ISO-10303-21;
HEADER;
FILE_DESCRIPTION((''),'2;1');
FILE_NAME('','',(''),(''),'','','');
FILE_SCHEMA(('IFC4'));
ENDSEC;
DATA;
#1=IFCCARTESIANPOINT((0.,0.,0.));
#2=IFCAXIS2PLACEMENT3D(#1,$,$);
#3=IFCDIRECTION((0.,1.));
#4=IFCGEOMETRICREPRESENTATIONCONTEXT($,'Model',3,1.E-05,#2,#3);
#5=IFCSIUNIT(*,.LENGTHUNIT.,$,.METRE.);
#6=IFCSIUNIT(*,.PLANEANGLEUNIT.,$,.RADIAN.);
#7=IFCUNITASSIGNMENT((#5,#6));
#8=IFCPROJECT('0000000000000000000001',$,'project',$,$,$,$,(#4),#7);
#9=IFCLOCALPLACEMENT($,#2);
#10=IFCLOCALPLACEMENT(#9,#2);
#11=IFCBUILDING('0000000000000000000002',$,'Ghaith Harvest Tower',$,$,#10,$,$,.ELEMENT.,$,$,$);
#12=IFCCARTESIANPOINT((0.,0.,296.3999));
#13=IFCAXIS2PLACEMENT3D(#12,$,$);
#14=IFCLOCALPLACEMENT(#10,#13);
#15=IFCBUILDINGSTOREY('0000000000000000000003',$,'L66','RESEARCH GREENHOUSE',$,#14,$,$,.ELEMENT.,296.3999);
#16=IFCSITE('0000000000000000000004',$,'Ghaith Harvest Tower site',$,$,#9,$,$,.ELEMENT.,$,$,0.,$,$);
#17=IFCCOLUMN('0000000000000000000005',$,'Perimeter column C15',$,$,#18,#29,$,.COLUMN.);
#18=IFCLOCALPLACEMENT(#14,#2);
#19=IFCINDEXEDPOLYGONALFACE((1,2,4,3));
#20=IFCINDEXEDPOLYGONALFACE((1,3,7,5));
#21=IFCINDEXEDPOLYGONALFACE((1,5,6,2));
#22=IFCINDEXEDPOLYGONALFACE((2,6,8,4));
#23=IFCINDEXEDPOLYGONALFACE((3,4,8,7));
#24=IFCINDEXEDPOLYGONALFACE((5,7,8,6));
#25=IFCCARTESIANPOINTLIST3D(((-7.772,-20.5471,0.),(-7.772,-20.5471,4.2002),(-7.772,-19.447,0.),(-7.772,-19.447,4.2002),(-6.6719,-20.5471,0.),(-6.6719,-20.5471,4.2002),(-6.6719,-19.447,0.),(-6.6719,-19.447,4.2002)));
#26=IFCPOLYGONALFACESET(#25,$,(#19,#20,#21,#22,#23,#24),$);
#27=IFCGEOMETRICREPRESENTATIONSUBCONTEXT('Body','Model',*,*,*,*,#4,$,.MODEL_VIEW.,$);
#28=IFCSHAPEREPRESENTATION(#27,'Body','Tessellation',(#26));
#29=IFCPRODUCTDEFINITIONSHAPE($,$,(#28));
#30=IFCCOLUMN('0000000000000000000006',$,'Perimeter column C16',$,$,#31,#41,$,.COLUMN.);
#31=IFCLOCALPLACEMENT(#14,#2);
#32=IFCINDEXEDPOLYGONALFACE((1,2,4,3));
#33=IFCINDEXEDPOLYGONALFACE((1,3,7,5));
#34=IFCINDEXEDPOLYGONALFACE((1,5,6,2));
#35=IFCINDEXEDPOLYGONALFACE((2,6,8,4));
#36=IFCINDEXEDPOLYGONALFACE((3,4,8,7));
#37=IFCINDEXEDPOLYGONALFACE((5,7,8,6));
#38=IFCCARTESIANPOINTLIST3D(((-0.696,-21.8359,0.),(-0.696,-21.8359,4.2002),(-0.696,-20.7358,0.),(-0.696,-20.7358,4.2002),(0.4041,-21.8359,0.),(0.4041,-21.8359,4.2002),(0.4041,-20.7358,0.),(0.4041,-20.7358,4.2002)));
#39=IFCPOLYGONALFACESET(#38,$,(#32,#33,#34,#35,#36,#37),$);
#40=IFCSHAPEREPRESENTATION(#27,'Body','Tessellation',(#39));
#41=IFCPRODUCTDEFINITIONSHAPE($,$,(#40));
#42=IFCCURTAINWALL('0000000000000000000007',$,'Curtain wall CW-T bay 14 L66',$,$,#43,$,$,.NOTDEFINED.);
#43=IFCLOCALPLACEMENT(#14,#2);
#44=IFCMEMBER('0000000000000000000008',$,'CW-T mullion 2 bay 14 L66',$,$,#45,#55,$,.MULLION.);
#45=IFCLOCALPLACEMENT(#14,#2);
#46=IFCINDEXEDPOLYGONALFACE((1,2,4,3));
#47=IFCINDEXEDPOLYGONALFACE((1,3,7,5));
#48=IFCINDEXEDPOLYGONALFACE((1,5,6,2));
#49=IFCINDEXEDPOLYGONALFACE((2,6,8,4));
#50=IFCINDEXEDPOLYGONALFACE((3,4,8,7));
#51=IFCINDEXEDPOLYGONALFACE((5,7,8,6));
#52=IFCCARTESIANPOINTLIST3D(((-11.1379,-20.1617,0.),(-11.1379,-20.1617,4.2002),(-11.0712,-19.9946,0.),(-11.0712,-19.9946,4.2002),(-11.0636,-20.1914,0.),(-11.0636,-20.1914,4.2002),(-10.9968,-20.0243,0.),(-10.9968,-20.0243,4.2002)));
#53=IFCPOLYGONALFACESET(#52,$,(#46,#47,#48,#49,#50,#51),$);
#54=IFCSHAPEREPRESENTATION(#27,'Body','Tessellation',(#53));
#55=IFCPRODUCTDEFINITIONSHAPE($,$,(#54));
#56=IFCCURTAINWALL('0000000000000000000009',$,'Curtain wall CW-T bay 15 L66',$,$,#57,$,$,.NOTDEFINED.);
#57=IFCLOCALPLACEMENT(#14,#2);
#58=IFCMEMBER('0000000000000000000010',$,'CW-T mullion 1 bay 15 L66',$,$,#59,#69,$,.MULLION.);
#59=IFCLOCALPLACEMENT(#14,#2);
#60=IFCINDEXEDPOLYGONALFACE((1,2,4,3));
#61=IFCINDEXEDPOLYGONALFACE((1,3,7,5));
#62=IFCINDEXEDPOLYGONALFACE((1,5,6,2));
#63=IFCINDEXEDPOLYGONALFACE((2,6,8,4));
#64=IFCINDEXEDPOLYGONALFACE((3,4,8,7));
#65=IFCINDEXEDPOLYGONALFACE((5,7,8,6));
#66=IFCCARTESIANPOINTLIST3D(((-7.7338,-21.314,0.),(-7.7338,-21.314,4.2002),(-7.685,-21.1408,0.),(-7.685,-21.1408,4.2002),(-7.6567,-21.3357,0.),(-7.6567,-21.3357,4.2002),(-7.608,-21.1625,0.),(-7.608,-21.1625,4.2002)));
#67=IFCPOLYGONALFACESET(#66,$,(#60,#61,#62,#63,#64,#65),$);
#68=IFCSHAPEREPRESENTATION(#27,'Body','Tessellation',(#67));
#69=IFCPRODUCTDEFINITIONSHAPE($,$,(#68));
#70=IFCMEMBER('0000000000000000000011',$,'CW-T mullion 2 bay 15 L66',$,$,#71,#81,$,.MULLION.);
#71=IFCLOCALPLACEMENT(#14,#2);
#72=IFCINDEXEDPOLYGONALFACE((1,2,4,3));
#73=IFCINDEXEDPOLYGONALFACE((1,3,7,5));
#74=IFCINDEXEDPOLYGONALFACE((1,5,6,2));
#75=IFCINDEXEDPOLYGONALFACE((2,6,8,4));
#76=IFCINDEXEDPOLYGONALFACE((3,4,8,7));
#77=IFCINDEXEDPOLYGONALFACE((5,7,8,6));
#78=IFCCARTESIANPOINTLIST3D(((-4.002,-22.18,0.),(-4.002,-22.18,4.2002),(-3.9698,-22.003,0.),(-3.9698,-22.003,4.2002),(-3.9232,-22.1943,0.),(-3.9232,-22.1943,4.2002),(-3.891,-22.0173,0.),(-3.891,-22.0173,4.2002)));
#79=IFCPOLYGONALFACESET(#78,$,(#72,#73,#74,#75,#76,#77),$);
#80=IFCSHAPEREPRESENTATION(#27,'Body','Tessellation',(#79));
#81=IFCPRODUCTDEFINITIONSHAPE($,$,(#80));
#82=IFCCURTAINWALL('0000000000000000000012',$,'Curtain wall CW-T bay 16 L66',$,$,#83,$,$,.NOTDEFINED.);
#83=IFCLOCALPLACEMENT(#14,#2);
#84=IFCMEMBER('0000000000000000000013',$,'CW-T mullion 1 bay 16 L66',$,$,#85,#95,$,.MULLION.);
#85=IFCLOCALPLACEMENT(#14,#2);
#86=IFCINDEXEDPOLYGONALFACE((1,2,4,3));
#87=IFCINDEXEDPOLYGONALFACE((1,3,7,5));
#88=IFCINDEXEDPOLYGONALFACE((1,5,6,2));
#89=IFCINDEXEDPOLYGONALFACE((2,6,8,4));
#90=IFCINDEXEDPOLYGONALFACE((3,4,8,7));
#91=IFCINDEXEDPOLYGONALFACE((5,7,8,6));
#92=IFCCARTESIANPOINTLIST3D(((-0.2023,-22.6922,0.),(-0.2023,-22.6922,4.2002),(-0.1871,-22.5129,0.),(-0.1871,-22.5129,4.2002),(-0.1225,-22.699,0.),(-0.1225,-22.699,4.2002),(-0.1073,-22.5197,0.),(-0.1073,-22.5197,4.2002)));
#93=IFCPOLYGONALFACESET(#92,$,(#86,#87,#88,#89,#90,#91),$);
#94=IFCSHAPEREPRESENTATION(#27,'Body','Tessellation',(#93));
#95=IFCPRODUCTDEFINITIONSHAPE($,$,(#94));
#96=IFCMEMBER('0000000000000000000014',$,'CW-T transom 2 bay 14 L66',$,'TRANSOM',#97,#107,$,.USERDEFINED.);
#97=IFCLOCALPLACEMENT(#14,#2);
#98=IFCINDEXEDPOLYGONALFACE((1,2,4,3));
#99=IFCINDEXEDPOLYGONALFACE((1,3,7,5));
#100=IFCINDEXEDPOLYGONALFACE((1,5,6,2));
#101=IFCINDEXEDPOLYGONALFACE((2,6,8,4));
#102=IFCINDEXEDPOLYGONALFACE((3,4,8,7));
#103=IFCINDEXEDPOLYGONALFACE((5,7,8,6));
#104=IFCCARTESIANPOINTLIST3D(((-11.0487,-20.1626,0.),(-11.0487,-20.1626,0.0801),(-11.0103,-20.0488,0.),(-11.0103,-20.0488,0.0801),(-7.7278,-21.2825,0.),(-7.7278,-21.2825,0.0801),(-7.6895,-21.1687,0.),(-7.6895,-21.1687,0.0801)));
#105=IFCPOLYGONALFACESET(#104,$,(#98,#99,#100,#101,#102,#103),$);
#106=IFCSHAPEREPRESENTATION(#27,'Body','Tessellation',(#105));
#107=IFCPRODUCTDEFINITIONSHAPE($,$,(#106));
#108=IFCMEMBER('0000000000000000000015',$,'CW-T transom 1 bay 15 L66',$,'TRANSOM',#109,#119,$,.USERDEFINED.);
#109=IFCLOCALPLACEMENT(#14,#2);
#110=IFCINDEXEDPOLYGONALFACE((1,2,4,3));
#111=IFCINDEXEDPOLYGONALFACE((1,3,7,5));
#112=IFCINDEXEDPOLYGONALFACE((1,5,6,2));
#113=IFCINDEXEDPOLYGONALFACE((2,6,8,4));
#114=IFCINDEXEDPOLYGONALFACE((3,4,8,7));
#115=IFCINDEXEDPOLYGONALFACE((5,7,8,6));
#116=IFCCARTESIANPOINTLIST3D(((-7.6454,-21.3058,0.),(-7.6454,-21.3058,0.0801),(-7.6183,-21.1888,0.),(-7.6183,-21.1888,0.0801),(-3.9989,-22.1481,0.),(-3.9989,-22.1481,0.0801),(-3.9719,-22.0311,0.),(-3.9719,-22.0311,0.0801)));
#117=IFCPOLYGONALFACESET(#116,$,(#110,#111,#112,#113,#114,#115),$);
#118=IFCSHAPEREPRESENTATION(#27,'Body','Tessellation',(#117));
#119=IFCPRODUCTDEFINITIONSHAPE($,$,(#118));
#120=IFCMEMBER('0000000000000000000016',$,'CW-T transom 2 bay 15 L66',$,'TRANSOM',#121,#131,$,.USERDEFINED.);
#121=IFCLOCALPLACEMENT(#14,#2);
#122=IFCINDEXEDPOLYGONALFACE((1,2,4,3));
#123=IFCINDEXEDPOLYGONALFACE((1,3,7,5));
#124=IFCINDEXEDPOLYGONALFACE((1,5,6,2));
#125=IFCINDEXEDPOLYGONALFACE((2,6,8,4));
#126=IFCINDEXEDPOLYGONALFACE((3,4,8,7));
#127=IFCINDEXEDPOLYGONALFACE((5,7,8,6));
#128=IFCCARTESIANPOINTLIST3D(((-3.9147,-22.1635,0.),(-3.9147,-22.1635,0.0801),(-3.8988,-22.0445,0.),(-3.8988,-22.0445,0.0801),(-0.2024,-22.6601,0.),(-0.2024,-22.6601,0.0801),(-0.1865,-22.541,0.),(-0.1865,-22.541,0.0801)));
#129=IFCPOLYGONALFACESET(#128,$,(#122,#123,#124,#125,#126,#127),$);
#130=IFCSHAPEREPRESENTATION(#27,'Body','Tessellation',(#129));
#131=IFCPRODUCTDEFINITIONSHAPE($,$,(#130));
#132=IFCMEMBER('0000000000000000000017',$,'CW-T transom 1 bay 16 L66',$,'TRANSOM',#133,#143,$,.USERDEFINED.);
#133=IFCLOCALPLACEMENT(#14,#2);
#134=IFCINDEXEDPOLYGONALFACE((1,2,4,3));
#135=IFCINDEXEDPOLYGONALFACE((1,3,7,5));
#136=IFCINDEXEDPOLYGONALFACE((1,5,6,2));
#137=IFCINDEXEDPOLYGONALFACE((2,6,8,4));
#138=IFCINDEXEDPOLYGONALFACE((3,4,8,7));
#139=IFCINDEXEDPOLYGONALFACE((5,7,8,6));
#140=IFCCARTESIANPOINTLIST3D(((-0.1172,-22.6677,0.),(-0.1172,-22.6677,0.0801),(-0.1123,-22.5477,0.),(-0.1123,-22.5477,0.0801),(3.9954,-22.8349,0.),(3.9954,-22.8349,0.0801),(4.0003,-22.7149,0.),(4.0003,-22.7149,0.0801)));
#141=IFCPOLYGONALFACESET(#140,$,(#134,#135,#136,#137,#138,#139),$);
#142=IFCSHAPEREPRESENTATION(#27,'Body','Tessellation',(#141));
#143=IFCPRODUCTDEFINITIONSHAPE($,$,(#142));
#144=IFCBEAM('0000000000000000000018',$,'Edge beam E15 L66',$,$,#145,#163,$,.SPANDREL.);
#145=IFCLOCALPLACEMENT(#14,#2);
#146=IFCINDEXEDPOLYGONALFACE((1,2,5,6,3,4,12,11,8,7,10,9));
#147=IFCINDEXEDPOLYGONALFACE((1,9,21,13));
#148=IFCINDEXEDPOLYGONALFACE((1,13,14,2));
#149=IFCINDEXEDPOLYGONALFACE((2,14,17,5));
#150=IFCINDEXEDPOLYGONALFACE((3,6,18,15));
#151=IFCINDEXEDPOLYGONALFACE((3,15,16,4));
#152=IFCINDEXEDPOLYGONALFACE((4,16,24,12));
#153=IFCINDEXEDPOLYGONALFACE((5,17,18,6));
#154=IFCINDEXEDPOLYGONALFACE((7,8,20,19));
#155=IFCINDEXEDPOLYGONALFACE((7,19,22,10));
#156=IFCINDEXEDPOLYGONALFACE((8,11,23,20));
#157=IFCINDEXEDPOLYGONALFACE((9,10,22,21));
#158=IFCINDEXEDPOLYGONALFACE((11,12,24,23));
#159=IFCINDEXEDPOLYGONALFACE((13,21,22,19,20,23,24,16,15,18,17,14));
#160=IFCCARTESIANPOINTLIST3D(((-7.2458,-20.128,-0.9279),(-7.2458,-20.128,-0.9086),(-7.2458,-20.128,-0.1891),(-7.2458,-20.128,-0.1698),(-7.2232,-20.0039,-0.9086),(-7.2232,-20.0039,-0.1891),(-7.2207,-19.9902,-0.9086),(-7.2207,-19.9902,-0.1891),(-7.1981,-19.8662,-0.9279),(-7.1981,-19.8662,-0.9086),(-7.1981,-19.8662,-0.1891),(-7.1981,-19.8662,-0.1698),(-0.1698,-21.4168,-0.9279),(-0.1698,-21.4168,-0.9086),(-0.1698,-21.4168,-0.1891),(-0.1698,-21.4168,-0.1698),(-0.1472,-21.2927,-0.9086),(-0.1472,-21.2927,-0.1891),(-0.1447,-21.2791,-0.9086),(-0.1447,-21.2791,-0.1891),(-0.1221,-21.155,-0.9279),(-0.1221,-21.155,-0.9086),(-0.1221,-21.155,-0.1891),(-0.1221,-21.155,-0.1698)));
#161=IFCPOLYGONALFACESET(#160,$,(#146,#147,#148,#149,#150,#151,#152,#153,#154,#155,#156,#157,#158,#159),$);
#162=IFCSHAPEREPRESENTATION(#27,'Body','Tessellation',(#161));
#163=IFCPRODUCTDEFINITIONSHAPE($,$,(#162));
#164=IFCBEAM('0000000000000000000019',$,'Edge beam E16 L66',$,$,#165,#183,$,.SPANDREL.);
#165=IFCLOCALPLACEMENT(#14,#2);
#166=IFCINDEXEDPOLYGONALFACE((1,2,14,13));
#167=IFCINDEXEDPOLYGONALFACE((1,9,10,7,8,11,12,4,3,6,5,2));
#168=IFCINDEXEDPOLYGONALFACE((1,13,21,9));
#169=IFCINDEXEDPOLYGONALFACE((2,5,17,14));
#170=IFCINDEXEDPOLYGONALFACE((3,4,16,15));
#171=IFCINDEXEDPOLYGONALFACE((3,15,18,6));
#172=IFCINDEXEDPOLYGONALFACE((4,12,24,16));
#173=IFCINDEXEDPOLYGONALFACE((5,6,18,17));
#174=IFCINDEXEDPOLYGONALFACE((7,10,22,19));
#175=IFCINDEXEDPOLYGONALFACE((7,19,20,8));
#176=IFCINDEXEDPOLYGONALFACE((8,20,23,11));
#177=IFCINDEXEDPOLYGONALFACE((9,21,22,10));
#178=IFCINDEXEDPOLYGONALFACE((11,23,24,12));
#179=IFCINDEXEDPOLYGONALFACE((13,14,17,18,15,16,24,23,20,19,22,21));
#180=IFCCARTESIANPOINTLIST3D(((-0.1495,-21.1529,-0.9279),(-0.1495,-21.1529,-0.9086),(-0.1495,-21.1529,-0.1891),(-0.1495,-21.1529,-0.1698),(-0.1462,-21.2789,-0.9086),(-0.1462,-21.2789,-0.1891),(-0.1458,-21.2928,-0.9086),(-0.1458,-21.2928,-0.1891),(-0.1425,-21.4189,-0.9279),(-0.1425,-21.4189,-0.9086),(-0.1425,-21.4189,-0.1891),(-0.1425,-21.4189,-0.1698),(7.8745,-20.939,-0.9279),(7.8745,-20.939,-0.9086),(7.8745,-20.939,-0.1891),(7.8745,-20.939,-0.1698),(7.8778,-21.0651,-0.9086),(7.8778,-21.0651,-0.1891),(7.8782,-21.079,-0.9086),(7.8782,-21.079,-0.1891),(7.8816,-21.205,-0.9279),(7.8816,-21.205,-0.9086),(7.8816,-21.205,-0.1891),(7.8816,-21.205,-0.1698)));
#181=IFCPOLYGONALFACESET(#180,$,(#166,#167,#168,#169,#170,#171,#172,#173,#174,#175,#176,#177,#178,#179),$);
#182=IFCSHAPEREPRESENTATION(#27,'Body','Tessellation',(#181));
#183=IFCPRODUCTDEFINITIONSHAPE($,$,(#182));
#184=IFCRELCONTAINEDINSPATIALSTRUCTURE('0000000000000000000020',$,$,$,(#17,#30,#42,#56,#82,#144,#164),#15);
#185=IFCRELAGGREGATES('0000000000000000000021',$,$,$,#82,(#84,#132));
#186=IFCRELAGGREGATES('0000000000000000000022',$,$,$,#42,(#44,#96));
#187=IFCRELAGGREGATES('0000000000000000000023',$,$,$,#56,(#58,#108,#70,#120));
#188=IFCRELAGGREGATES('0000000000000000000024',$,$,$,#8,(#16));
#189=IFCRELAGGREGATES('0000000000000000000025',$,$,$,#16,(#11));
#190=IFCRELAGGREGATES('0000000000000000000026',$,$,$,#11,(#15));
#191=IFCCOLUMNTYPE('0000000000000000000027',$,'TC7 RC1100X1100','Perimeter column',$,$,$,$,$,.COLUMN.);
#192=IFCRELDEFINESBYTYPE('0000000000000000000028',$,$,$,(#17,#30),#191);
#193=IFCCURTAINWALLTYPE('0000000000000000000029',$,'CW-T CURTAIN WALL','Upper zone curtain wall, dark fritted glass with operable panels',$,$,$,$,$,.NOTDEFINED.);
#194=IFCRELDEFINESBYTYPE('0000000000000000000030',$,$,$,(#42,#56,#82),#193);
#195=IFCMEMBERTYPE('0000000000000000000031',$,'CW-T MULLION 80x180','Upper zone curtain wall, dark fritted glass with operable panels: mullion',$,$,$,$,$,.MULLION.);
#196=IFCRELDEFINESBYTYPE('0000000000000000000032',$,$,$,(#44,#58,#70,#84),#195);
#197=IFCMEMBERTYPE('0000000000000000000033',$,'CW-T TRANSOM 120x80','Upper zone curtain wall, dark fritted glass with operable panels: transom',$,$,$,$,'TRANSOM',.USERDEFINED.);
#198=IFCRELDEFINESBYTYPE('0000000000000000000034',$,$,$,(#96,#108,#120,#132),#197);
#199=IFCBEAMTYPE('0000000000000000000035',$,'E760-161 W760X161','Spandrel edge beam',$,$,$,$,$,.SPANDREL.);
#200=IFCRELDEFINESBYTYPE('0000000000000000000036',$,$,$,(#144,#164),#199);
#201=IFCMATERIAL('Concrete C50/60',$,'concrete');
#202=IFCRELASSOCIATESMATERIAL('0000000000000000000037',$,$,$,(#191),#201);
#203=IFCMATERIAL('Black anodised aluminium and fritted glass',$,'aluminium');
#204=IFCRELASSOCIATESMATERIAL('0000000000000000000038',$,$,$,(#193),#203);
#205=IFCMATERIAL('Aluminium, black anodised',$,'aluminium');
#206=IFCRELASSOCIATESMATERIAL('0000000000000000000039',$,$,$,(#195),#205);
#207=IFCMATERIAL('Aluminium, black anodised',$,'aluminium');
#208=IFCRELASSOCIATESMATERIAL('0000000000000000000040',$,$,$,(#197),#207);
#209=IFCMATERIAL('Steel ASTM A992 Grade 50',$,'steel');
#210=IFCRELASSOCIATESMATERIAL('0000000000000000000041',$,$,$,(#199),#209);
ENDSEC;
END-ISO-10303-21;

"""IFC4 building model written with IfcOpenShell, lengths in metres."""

from ifc_helpers import new_model, si_unit, direction, frame, origin, origin_2d, place, context, subcontext, project, spatial, rectangle, i_section, extrude, material, material_profile, profile_set, type_object, element, aggregate, save


model = new_model("IFC4")

# Units and contexts
model_context = context("Model", 3, precision=1e-05, world=origin(), true_north=direction((0.0, 1.0)))
body_context = subcontext(model_context, "Body", "Model", "MODEL_VIEW")
ifc_project = project(units=[si_unit("LENGTHUNIT", "METRE"), si_unit("PLANEANGLEUNIT", "RADIAN")], contexts=[model_context])

# Site, building, storey
site_placement = place(None, origin())
site = spatial("IfcSite", under=ifc_project, at=site_placement, Name="Ghaith Harvest Tower site", CompositionType="ELEMENT", RefElevation=0.0)
building_placement = place(site_placement, origin())
building = spatial("IfcBuilding", under=site, at=building_placement, Name="Ghaith Harvest Tower", CompositionType="ELEMENT")
storey_placement = place(building_placement, frame((0.0, 0.0, 296.3999)))
storey = spatial("IfcBuildingStorey", under=building, at=storey_placement, Name="L66", Description="RESEARCH GREENHOUSE", CompositionType="ELEMENT", Elevation=296.3999)

# Columns
ifc_material_1 = material(Name="Concrete C50/60", Category="concrete")
ifc_material_profile_1 = material_profile(ifc_material_1, rectangle(XDim=1.1001, YDim=1.1001, at=origin_2d()), Name="RC1100X1100")
ifc_profile_set_1 = profile_set([ifc_material_profile_1], Name="Concrete C50/60")
column_type = type_object("IfcColumnType", Name="TC7 RC1100X1100", Description="Perimeter column", PredefinedType="COLUMN", material=ifc_profile_set_1)
for number, where, z_axis, x_axis, name in (
    (1, (-7.2219, -19.9971, 0.0), (0.0, 0.0, 1.0), (1.0, 0.0, 0.0), "Perimeter column C15"),
    (2, (-0.146, -21.2859, 0.0), (0.0, 0.0, 1.0), (1.0, 0.0, 0.0), "Perimeter column C16"),
):
    element("IfcColumn", number, at=place(storey_placement, frame(where, z_axis=z_axis, x_axis=x_axis)), inside=storey, type_object=column_type, Name=name, PredefinedType="COLUMN", context=body_context, shape_type="SweptSolid", body=[
        extrude(rectangle(XDim=1.1001, YDim=1.1001, at=origin_2d()), origin(), (0.0, 0.0, 1.0), 4.2002),
    ])

# Curtain wall, member
ifc_material_2 = material(Name="Black anodised aluminium and fritted glass", Category="aluminium")
curtain_wall_type = type_object("IfcCurtainWallType", Name="CW-T CURTAIN WALL", Description="Upper zone curtain wall, dark fritted glass with operable panels", PredefinedType="NOTDEFINED", material=ifc_material_2)
curtain_wall_1_placement = place(storey_placement, origin())
curtain_wall_1 = element("IfcCurtainWall", 3, at=curtain_wall_1_placement, inside=storey, type_object=curtain_wall_type, Name="Curtain wall CW-T bay 14 L66", PredefinedType="NOTDEFINED")
ifc_material_3 = material(Name="Aluminium, black anodised", Category="aluminium")
ifc_material_profile_2 = material_profile(ifc_material_3, rectangle(XDim=0.0801, YDim=0.1799, at=origin_2d()), Name="CW-T MULLION 80x180")
ifc_profile_set_2 = profile_set([ifc_material_profile_2], Name="Aluminium, black anodised")
member_type_1 = type_object("IfcMemberType", Name="CW-T MULLION 80x180", Description="Upper zone curtain wall, dark fritted glass with operable panels: mullion", PredefinedType="MULLION", material=ifc_profile_set_2)
member_1_placement = place(storey_placement, frame((-11.0674, -20.093, 0.0), z_axis=(0.0, 0.0, 1.0), x_axis=(0.928624, -0.371021, 0.0)))
member_1 = element("IfcMember", 4, at=member_1_placement, type_object=member_type_1, Name="CW-T mullion 2 bay 14 L66", PredefinedType="MULLION", context=body_context, shape_type="SweptSolid", body=[
    extrude(rectangle(XDim=0.0801, YDim=0.1799, at=origin_2d()), origin(), (0.0, 0.0, 1.0), 4.2002),
])

# Curtain wall, members
curtain_wall_2_placement = place(storey_placement, origin())
curtain_wall_2 = element("IfcCurtainWall", 5, at=curtain_wall_2_placement, inside=storey, type_object=curtain_wall_type, Name="Curtain wall CW-T bay 15 L66", PredefinedType="NOTDEFINED")
member_2_placement = place(storey_placement, frame((-7.6709, -21.2383, 0.0), z_axis=(0.0, 0.0, 1.0), x_axis=(0.962552, -0.271095, 0.0)))
member_2 = element("IfcMember", 6, at=member_2_placement, type_object=member_type_1, Name="CW-T mullion 1 bay 15 L66", PredefinedType="MULLION", context=body_context, shape_type="SweptSolid", body=[
    extrude(rectangle(XDim=0.0801, YDim=0.1799, at=origin_2d()), origin(), (0.0, 0.0, 1.0), 4.2002),
])
member_3_placement = place(storey_placement, frame((-3.9465, -22.0986, 0.0), z_axis=(0.0, 0.0, 1.0), x_axis=(0.983843, -0.179031, 0.0)))
member_3 = element("IfcMember", 7, at=member_3_placement, type_object=member_type_1, Name="CW-T mullion 2 bay 15 L66", PredefinedType="MULLION", context=body_context, shape_type="SweptSolid", body=[
    extrude(rectangle(XDim=0.0801, YDim=0.1799, at=origin_2d()), origin(), (0.0, 0.0, 1.0), 4.2002),
])

# Curtain wall, member
curtain_wall_3_placement = place(storey_placement, origin())
curtain_wall_3 = element("IfcCurtainWall", 8, at=curtain_wall_3_placement, inside=storey, type_object=curtain_wall_type, Name="Curtain wall CW-T bay 16 L66", PredefinedType="NOTDEFINED")
member_4_placement = place(storey_placement, frame((-0.1548, -22.606, 0.0), z_axis=(0.0, 0.0, 1.0), x_axis=(0.996415, -0.084602, 0.0)))
member_4 = element("IfcMember", 9, at=member_4_placement, type_object=member_type_1, Name="CW-T mullion 1 bay 16 L66", PredefinedType="MULLION", context=body_context, shape_type="SweptSolid", body=[
    extrude(rectangle(XDim=0.0801, YDim=0.1799, at=origin_2d()), origin(), (0.0, 0.0, 1.0), 4.2002),
])

# Members
ifc_material_4 = material(Name="Aluminium, black anodised", Category="aluminium")
ifc_material_profile_3 = material_profile(ifc_material_4, rectangle(XDim=0.1201, YDim=0.0801, at=origin_2d()), Name="CW-T TRANSOM 120x80")
ifc_profile_set_3 = profile_set([ifc_material_profile_3], Name="Aluminium, black anodised")
member_type_2 = type_object("IfcMemberType", Name="CW-T TRANSOM 120x80", Description="Upper zone curtain wall, dark fritted glass with operable panels: transom", ElementType="TRANSOM", PredefinedType="USERDEFINED", material=ifc_profile_set_3)
member_5_placement = place(storey_placement, frame((-11.0295, -20.1057, 0.04), z_axis=(0.94757, -0.319549, 0.0), x_axis=(0.319549, 0.94757, 0.0)))
member_5 = element("IfcMember", 10, at=member_5_placement, type_object=member_type_2, Name="CW-T transom 2 bay 14 L66", ObjectType="TRANSOM", PredefinedType="USERDEFINED", context=body_context, shape_type="SweptSolid", body=[
    extrude(rectangle(XDim=0.1201, YDim=0.0801, at=origin_2d()), origin(), (0.0, 0.0, 1.0), 3.5046),
])
member_6_placement = place(storey_placement, frame((-7.6318, -21.2473, 0.04), z_axis=(0.974345, -0.22506, 0.0), x_axis=(0.22506, 0.974345, 0.0)))
member_6 = element("IfcMember", 11, at=member_6_placement, type_object=member_type_2, Name="CW-T transom 1 bay 15 L66", ObjectType="TRANSOM", PredefinedType="USERDEFINED", context=body_context, shape_type="SweptSolid", body=[
    extrude(rectangle(XDim=0.1201, YDim=0.0801, at=origin_2d()), origin(), (0.0, 0.0, 1.0), 3.7424),
])
member_7_placement = place(storey_placement, frame((-3.9067, -22.104, 0.04), z_axis=(0.991172, -0.132582, 0.0), x_axis=(0.132582, 0.991172, 0.0)))
member_7 = element("IfcMember", 12, at=member_7_placement, type_object=member_type_2, Name="CW-T transom 2 bay 15 L66", ObjectType="TRANSOM", PredefinedType="USERDEFINED", context=body_context, shape_type="SweptSolid", body=[
    extrude(rectangle(XDim=0.1201, YDim=0.0801, at=origin_2d()), origin(), (0.0, 0.0, 1.0), 3.7454),
])
member_8_placement = place(storey_placement, frame((-0.1147, -22.6077, 0.04), z_axis=(0.999174, -0.040631, 0.0), x_axis=(0.040631, 0.999174, 0.0)))
member_8 = element("IfcMember", 13, at=member_8_placement, type_object=member_type_2, Name="CW-T transom 1 bay 16 L66", ObjectType="TRANSOM", PredefinedType="USERDEFINED", context=body_context, shape_type="SweptSolid", body=[
    extrude(rectangle(XDim=0.1201, YDim=0.0801, at=origin_2d()), origin(), (0.0, 0.0, 1.0), 4.116),
])
aggregate(curtain_wall_3, [member_4, member_8])

# Beams
ifc_material_5 = material(Name="Steel ASTM A992 Grade 50", Category="steel")
ifc_material_profile_4 = material_profile(ifc_material_5, i_section(OverallWidth=0.2661, OverallDepth=0.7581, WebThickness=0.0139, FlangeThickness=0.0193, at=origin_2d()), Name="W760X161")
ifc_profile_set_4 = profile_set([ifc_material_profile_4], Name="Steel ASTM A992 Grade 50")
beam_type_1 = type_object("IfcBeamType", Name="E760-161 W760X161", Description="Spandrel edge beam", PredefinedType="SPANDREL", material=ifc_profile_set_4)
beam_1_placement = place(storey_placement, frame((-7.2219, -19.9971, -0.5488), z_axis=(0.983814, -0.179193, 0.0), x_axis=(0.179193, 0.983814, 0.0)))
element("IfcBeam", 14, at=beam_1_placement, inside=storey, type_object=beam_type_1, Name="Edge beam E15 L66", PredefinedType="SPANDREL", context=body_context, shape_type="SweptSolid", body=[
    extrude(i_section(OverallWidth=0.2661, OverallDepth=0.7581, WebThickness=0.0139, FlangeThickness=0.0193, at=origin_2d()), origin(), (0.0, 0.0, 1.0), 7.1924),
])
beam_2_placement = place(storey_placement, frame((-0.146, -21.2859, -0.5488), z_axis=(0.999645, 0.026644, 0.0), x_axis=(-0.026644, 0.999645, 0.0)))
element("IfcBeam", 15, at=beam_2_placement, inside=storey, type_object=beam_type_1, Name="Edge beam E16 L66", PredefinedType="SPANDREL", context=body_context, shape_type="SweptSolid", body=[
    extrude(i_section(OverallWidth=0.2661, OverallDepth=0.7581, WebThickness=0.0139, FlangeThickness=0.0193, at=origin_2d()), origin(), (0.0, 0.0, 1.0), 8.0269),
])

aggregate(curtain_wall_1, [member_1, member_5])
aggregate(curtain_wall_2, [member_2, member_6, member_3, member_7])

save(model, "model.ifc")
